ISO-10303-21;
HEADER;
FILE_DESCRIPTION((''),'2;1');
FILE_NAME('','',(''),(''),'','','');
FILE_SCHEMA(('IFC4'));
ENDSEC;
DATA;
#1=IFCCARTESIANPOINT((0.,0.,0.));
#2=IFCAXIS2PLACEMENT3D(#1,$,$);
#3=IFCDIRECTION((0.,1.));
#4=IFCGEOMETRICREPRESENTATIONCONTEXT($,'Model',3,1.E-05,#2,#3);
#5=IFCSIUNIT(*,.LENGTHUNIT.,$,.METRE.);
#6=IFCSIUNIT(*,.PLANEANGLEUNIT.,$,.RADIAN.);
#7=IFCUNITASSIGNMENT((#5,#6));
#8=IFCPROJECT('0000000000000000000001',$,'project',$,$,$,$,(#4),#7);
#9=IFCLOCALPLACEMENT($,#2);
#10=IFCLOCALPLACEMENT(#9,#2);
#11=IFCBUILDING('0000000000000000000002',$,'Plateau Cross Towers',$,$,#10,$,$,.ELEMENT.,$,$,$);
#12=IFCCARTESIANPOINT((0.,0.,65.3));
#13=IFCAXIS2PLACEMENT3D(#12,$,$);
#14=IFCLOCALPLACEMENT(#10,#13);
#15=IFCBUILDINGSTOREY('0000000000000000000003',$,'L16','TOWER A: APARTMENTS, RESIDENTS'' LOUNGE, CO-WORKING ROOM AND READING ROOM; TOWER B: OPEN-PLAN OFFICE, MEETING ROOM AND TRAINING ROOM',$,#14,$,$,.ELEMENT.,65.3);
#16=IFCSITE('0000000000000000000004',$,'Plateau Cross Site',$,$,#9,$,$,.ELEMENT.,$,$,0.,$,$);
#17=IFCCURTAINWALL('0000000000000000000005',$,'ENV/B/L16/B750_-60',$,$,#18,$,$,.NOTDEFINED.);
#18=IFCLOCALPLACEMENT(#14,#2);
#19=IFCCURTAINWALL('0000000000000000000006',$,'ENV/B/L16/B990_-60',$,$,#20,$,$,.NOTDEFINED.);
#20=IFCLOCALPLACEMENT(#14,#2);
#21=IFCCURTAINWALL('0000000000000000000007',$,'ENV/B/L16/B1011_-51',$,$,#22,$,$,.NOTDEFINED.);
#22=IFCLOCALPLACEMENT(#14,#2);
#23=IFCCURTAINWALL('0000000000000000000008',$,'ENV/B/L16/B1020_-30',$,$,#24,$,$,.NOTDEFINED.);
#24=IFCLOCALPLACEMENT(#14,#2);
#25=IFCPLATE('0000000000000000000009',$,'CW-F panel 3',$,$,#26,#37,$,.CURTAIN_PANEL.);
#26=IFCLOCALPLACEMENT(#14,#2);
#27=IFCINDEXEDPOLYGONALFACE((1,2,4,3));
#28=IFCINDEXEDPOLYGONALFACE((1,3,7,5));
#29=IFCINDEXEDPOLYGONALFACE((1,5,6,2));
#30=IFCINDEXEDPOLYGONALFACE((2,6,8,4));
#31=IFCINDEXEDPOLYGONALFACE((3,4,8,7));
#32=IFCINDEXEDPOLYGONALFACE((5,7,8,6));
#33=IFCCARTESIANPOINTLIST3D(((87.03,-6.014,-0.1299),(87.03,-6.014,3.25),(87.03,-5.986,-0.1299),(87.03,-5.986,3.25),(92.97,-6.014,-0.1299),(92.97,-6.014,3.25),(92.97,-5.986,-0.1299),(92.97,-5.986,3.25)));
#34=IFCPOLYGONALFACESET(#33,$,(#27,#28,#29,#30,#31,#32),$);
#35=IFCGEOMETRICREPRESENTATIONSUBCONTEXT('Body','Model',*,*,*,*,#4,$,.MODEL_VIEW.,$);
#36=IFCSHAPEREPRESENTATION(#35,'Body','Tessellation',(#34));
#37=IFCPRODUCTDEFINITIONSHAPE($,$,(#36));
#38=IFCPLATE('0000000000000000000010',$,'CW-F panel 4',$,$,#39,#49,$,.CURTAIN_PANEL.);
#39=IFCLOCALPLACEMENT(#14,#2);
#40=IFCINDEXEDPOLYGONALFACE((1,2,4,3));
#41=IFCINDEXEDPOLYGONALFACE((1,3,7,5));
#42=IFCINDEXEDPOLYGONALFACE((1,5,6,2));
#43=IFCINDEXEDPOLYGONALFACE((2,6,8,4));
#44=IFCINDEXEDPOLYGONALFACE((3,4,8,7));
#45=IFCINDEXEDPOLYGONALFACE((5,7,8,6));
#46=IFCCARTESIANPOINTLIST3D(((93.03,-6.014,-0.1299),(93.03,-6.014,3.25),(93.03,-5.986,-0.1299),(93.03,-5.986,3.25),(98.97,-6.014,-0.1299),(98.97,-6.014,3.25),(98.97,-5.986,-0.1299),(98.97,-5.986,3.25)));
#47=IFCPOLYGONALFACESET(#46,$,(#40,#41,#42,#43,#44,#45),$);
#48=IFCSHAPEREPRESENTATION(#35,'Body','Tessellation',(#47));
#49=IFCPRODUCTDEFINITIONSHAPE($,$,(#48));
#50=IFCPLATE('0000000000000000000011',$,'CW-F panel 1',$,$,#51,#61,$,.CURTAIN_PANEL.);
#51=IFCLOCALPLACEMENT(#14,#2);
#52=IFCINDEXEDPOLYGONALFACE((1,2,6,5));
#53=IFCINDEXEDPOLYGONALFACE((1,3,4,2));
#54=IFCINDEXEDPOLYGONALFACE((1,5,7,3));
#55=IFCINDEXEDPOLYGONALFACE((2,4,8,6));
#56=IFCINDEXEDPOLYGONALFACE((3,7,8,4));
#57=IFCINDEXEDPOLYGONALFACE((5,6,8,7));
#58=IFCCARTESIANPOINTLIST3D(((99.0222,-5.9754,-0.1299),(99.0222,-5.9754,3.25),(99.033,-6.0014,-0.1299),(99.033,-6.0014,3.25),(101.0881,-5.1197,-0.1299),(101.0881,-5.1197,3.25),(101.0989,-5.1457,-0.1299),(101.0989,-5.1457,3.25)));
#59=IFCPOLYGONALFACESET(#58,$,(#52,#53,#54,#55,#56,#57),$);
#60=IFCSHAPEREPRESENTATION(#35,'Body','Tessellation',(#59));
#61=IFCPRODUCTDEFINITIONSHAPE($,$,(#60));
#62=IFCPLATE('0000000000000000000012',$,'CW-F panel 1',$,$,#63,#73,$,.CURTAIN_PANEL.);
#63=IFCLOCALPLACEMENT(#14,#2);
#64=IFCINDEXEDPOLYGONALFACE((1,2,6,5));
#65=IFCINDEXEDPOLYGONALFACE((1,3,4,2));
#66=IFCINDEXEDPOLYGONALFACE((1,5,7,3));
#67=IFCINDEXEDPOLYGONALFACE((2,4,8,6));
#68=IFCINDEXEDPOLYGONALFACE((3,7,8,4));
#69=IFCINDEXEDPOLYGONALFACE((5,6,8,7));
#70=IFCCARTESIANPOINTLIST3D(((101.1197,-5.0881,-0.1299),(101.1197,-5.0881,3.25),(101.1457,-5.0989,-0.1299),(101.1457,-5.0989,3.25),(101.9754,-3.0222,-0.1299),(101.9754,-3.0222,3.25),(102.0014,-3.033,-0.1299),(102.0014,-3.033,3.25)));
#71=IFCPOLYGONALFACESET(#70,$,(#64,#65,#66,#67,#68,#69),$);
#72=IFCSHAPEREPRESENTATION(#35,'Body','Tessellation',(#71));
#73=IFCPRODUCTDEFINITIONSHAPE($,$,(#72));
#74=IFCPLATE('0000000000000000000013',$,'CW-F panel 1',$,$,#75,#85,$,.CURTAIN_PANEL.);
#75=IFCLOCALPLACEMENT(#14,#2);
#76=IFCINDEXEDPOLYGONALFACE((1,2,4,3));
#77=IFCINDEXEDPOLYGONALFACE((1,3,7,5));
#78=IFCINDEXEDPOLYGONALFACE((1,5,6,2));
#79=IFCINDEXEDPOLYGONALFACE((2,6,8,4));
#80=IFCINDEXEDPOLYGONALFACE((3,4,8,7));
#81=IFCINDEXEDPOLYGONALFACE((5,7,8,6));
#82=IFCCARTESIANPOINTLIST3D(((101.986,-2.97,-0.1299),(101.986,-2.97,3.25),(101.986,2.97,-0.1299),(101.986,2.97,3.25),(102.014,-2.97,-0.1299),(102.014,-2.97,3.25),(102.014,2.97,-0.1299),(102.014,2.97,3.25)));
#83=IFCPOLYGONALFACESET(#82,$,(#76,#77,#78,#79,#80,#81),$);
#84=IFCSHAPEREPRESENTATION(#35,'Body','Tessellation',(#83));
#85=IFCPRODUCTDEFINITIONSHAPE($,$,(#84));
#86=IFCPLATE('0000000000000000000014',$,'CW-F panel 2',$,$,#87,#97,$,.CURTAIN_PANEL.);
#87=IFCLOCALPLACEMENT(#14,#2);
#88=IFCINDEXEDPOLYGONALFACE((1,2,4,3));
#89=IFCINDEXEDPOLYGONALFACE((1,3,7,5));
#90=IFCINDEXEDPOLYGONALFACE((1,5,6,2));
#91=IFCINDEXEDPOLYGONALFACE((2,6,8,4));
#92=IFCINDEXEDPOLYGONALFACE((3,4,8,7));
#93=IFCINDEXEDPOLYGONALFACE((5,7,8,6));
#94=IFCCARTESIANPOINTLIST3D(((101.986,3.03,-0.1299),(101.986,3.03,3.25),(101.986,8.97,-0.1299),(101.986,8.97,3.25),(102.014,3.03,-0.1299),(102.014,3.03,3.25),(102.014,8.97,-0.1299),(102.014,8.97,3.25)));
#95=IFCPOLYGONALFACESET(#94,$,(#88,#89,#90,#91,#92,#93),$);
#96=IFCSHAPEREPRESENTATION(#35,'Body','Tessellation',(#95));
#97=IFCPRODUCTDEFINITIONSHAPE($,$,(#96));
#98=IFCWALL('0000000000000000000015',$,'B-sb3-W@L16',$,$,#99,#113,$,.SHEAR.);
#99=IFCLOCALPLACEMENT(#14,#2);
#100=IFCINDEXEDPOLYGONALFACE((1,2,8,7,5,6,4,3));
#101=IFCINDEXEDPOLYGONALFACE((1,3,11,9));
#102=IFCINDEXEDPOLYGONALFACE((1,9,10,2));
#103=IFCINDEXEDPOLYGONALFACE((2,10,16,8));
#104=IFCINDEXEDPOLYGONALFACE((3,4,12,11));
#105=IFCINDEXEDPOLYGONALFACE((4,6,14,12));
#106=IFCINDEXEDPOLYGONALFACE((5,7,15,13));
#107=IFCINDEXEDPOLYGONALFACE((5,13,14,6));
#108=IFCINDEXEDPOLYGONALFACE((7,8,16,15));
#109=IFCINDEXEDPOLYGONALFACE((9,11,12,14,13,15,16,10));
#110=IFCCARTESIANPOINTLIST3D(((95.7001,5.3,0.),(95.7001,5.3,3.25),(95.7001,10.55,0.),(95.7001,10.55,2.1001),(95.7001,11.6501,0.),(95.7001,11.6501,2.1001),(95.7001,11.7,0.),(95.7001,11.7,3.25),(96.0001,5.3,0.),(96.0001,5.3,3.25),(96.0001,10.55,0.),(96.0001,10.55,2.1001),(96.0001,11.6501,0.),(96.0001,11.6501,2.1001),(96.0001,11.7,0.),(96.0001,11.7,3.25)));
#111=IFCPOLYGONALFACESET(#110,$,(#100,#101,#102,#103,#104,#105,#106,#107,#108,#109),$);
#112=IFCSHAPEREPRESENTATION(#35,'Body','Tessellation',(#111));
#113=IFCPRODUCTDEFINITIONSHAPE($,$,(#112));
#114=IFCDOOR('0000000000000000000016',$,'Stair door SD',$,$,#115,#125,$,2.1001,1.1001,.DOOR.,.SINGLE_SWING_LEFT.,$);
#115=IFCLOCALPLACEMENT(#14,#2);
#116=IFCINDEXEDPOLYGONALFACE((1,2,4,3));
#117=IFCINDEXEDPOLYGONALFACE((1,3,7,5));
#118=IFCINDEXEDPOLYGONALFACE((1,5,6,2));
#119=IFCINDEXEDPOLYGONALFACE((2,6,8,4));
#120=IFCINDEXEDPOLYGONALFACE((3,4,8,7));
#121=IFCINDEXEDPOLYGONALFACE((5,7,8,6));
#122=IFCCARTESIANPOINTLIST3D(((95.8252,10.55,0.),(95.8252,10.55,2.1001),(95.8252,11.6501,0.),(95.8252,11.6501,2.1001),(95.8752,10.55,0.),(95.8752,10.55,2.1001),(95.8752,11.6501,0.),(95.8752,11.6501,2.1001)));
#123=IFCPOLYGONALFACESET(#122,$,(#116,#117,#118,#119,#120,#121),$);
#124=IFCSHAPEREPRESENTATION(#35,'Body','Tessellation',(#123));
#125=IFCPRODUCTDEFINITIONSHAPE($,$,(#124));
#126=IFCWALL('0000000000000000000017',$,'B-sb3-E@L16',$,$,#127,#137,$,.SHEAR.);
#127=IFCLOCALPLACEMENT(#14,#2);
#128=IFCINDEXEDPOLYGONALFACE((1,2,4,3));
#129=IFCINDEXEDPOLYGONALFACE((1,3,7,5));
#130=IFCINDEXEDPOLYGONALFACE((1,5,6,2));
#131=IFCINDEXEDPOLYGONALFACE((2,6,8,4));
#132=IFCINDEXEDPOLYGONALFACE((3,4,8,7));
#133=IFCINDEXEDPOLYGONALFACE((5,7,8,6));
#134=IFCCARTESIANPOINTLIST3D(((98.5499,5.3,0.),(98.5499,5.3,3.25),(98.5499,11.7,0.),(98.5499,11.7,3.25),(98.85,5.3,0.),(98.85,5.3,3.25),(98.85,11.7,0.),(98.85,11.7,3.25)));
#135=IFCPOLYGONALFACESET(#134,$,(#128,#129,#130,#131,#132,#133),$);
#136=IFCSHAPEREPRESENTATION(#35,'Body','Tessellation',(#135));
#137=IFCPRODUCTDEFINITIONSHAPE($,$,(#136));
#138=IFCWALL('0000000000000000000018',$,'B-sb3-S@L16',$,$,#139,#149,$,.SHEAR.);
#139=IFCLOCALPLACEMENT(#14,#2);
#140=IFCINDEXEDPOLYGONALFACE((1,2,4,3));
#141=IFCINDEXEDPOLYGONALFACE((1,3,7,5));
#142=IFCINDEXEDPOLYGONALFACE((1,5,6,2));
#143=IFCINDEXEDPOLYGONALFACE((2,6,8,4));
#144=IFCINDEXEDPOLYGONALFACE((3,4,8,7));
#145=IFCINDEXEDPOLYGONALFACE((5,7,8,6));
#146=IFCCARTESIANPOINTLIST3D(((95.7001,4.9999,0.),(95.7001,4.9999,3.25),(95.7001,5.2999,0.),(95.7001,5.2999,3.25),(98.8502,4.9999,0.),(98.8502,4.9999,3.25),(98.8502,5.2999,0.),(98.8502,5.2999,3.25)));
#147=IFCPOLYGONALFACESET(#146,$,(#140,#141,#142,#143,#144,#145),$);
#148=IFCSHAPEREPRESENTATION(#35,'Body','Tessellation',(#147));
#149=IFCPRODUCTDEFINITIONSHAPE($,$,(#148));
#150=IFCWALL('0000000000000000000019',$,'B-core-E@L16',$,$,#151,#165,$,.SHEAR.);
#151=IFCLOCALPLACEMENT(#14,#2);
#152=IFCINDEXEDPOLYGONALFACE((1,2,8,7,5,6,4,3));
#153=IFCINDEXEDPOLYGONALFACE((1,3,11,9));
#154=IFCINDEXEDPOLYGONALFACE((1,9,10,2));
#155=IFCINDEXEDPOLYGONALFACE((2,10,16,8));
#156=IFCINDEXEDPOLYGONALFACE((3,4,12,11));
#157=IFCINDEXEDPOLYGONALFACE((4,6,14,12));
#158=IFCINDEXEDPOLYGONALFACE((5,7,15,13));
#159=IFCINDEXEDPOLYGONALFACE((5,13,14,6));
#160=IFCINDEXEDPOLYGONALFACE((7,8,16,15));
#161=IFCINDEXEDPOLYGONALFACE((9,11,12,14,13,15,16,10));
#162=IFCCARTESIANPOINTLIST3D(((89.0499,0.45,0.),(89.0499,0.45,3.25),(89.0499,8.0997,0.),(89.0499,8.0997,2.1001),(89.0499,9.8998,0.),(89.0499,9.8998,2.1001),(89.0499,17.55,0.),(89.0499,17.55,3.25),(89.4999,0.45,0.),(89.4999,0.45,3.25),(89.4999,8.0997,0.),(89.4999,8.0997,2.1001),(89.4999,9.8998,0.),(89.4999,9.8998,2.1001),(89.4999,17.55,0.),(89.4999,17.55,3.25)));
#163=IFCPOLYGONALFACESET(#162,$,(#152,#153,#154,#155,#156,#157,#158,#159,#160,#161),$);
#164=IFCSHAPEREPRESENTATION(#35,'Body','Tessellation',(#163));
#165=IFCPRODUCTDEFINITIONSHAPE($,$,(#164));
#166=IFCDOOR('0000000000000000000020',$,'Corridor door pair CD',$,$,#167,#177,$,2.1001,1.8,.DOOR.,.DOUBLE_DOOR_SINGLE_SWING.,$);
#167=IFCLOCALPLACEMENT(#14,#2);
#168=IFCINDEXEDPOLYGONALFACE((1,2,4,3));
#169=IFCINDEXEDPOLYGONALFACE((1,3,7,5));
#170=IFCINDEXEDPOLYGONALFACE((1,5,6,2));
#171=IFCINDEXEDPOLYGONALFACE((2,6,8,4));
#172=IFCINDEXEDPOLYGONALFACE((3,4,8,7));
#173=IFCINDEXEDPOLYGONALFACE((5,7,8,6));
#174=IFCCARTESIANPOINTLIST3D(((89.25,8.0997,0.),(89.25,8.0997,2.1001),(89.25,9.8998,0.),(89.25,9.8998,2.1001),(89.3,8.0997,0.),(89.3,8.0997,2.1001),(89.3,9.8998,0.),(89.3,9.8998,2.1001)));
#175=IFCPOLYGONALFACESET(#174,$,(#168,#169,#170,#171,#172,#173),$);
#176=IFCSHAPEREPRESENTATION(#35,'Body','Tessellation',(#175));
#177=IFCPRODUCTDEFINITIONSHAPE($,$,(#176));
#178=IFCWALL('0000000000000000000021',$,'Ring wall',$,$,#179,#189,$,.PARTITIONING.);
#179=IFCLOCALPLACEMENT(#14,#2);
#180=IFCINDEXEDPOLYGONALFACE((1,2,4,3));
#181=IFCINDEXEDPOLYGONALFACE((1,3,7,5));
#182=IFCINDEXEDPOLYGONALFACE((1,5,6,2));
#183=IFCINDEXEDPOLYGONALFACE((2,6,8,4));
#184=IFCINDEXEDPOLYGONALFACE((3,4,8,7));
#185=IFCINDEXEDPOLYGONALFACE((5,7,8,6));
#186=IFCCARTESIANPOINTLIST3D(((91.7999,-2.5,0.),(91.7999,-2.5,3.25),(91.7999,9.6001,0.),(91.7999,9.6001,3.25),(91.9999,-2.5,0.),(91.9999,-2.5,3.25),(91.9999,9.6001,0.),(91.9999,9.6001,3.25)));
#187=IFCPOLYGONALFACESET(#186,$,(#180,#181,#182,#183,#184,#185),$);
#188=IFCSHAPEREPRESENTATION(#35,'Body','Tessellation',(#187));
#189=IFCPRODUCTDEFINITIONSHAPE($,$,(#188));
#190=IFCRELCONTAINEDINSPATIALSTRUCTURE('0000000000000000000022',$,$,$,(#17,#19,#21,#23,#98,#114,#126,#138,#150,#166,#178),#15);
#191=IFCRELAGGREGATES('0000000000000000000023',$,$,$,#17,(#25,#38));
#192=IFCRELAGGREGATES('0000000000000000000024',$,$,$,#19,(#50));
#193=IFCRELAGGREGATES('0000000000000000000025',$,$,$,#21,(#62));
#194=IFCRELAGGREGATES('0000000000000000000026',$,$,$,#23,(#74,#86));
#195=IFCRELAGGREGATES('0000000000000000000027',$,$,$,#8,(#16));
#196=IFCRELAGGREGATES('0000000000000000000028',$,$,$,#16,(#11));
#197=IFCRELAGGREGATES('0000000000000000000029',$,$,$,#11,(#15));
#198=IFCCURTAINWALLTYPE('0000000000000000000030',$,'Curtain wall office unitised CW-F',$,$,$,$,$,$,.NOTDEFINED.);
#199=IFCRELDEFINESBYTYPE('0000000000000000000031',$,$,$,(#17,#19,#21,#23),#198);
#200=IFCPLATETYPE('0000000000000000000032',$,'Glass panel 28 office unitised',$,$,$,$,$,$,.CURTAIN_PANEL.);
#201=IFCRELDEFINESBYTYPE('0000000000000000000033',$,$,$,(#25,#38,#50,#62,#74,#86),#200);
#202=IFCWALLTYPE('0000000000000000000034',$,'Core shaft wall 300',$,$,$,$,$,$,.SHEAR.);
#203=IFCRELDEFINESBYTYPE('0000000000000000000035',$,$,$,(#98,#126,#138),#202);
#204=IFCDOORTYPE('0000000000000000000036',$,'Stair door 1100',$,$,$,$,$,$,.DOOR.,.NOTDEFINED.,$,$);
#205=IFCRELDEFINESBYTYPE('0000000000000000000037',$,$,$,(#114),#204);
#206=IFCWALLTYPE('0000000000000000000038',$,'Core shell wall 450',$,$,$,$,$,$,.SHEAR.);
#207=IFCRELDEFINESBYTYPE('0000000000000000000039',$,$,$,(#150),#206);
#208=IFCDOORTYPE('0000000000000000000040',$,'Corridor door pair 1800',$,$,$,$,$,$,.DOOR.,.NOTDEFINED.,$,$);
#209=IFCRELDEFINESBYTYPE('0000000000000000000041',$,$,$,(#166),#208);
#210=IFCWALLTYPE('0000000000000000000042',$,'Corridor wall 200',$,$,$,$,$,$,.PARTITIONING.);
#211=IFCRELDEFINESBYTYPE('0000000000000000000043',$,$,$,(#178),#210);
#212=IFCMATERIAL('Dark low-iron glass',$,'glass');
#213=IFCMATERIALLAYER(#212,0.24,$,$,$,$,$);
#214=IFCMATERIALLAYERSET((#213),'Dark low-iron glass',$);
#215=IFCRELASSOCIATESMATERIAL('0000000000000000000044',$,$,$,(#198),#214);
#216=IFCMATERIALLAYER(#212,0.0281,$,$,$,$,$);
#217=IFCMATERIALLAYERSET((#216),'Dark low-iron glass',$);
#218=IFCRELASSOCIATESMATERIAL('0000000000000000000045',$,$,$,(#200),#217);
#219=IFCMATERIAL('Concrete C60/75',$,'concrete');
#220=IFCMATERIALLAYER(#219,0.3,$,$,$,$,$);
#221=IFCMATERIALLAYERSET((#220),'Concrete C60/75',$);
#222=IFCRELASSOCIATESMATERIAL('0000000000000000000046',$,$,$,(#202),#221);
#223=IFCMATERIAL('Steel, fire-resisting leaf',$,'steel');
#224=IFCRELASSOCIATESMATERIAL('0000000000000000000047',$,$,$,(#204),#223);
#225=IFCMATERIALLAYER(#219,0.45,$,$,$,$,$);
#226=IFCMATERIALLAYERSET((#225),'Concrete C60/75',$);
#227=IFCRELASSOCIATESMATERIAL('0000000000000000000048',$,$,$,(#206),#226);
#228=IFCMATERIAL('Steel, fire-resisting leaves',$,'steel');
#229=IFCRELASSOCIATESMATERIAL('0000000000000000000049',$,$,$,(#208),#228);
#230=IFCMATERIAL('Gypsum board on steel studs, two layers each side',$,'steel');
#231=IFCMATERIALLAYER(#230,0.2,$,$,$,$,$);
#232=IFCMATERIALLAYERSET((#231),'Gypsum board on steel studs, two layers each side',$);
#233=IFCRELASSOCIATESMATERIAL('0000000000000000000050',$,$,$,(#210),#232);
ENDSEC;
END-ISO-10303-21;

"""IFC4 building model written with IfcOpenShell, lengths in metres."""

from ifc_helpers import new_model, si_unit, direction, frame, frame_2d, origin, origin_2d, place, context, subcontext, project, spatial, rectangle, extrude, material, layer, layer_set, type_object, element, fill, aggregate, save


model = new_model("IFC4")

# Units and contexts
model_context = context("Model", 3, precision=1e-05, world=origin(), true_north=direction((0.0, 1.0)))
body_context = subcontext(model_context, "Body", "Model", "MODEL_VIEW")
ifc_project = project(units=[si_unit("LENGTHUNIT", "METRE"), si_unit("PLANEANGLEUNIT", "RADIAN")], contexts=[model_context])

# Site, building, storey
site_placement = place(None, origin())
site = spatial("IfcSite", under=ifc_project, at=site_placement, Name="Plateau Cross Site", CompositionType="ELEMENT", RefElevation=0.0)
building_placement = place(site_placement, origin())
building = spatial("IfcBuilding", under=site, at=building_placement, Name="Plateau Cross Towers", CompositionType="ELEMENT")
storey_placement = place(building_placement, frame((0.0, 0.0, 65.3)))
storey = spatial("IfcBuildingStorey", under=building, at=storey_placement, Name="L16", Description="TOWER A: APARTMENTS, RESIDENTS' LOUNGE, CO-WORKING ROOM AND READING ROOM; TOWER B: OPEN-PLAN OFFICE, MEETING ROOM AND TRAINING ROOM", CompositionType="ELEMENT", Elevation=65.3)

# Shared definitions
ifc_material_1 = material(Name="Concrete C60/75", Category="concrete")

# Curtain walls
ifc_material_2 = material(Name="Dark low-iron glass", Category="glass")
ifc_layer_1 = layer(ifc_material_2, 0.24)
ifc_layer_set_1 = layer_set([ifc_layer_1], Name="Dark low-iron glass")
curtain_wall_type = type_object("IfcCurtainWallType", Name="Curtain wall office unitised CW-F", PredefinedType="NOTDEFINED", material=ifc_layer_set_1)
curtain_wall_1_placement = place(storey_placement, origin())
curtain_wall_1 = element("IfcCurtainWall", 1, at=curtain_wall_1_placement, inside=storey, type_object=curtain_wall_type, Name="ENV/B/L16/B750_-60", PredefinedType="NOTDEFINED")
curtain_wall_2_placement = place(storey_placement, origin())
curtain_wall_2 = element("IfcCurtainWall", 2, at=curtain_wall_2_placement, inside=storey, type_object=curtain_wall_type, Name="ENV/B/L16/B990_-60", PredefinedType="NOTDEFINED")
curtain_wall_3_placement = place(storey_placement, origin())
curtain_wall_3 = element("IfcCurtainWall", 3, at=curtain_wall_3_placement, inside=storey, type_object=curtain_wall_type, Name="ENV/B/L16/B1011_-51", PredefinedType="NOTDEFINED")

# Curtain wall
curtain_wall_4_placement = place(storey_placement, origin())
curtain_wall_4 = element("IfcCurtainWall", 4, at=curtain_wall_4_placement, inside=storey, type_object=curtain_wall_type, Name="ENV/B/L16/B1020_-30", PredefinedType="NOTDEFINED")

# Plates
ifc_layer_2 = layer(ifc_material_2, 0.0281)
ifc_layer_set_2 = layer_set([ifc_layer_2], Name="Dark low-iron glass")
plate_type = type_object("IfcPlateType", Name="Glass panel 28 office unitised", PredefinedType="CURTAIN_PANEL", material=ifc_layer_set_2)
plate_1_placement = place(storey_placement, frame((90.0, -6.0, -0.1299), z_axis=(0.0, 0.0, 1.0), x_axis=(1.0, 0.0, 0.0)))
plate_1 = element("IfcPlate", 5, at=plate_1_placement, type_object=plate_type, Name="CW-F panel 3", PredefinedType="CURTAIN_PANEL", context=body_context, shape_type="SweptSolid", body=[
    extrude(rectangle(XDim=5.9399, YDim=0.0281, at=origin_2d()), origin(), (0.0, 0.0, 1.0), 3.3799),
])
plate_2_placement = place(storey_placement, frame((96.0, -6.0, -0.1299), z_axis=(0.0, 0.0, 1.0), x_axis=(1.0, 0.0, 0.0)))
plate_2 = element("IfcPlate", 6, at=plate_2_placement, type_object=plate_type, Name="CW-F panel 4", PredefinedType="CURTAIN_PANEL", context=body_context, shape_type="SweptSolid", body=[
    extrude(rectangle(XDim=5.9399, YDim=0.0281, at=origin_2d()), origin(), (0.0, 0.0, 1.0), 3.3799),
])
aggregate(curtain_wall_1, [plate_1, plate_2])
plate_3_placement = place(storey_placement, frame((100.0605, -5.5605, -0.1299), z_axis=(0.0, 0.0, 1.0), x_axis=(0.923879, 0.382684, 0.0)))
plate_3 = element("IfcPlate", 7, at=plate_3_placement, type_object=plate_type, Name="CW-F panel 1", PredefinedType="CURTAIN_PANEL", context=body_context, shape_type="SweptSolid", body=[
    extrude(rectangle(XDim=2.2361, YDim=0.0281, at=origin_2d()), origin(), (0.0, 0.0, 1.0), 3.3799),
])
aggregate(curtain_wall_2, [plate_3])
plate_4_placement = place(storey_placement, frame((101.5605, -4.0605, -0.1299), z_axis=(0.0, 0.0, 1.0), x_axis=(0.382684, 0.923879, 0.0)))
plate_4 = element("IfcPlate", 8, at=plate_4_placement, type_object=plate_type, Name="CW-F panel 1", PredefinedType="CURTAIN_PANEL", context=body_context, shape_type="SweptSolid", body=[
    extrude(rectangle(XDim=2.2361, YDim=0.0281, at=origin_2d()), origin(), (0.0, 0.0, 1.0), 3.3799),
])
aggregate(curtain_wall_3, [plate_4])
plate_5_placement = place(storey_placement, frame((102.0, 0.0, -0.1299), z_axis=(0.0, 0.0, 1.0), x_axis=(0.0, 1.0, 0.0)))
plate_5 = element("IfcPlate", 9, at=plate_5_placement, type_object=plate_type, Name="CW-F panel 1", PredefinedType="CURTAIN_PANEL", context=body_context, shape_type="SweptSolid", body=[
    extrude(rectangle(XDim=5.9399, YDim=0.0281, at=origin_2d()), origin(), (0.0, 0.0, 1.0), 3.3799),
])
plate_6_placement = place(storey_placement, frame((102.0, 6.0, -0.1299), z_axis=(0.0, 0.0, 1.0), x_axis=(0.0, 1.0, 0.0)))
plate_6 = element("IfcPlate", 10, at=plate_6_placement, type_object=plate_type, Name="CW-F panel 2", PredefinedType="CURTAIN_PANEL", context=body_context, shape_type="SweptSolid", body=[
    extrude(rectangle(XDim=5.9399, YDim=0.0281, at=origin_2d()), origin(), (0.0, 0.0, 1.0), 3.3799),
])
aggregate(curtain_wall_4, [plate_5, plate_6])

# Wall, opening, door
ifc_layer_3 = layer(ifc_material_1, 0.3)
ifc_layer_set_3 = layer_set([ifc_layer_3], Name="Concrete C60/75")
wall_type_1 = type_object("IfcWallType", Name="Core shaft wall 300", PredefinedType="SHEAR", material=ifc_layer_set_3)
wall_1_placement = place(storey_placement, frame((95.8501, 5.3, 0.0), z_axis=(0.0, 0.0, 1.0), x_axis=(0.0, 1.0, 0.0)))
wall_1 = element("IfcWall", 11, at=wall_1_placement, inside=storey, type_object=wall_type_1, Name="B-sb3-W@L16", PredefinedType="SHEAR", context=body_context, shape_type="SweptSolid", body=[
    extrude(rectangle(XDim=6.3999, YDim=0.3, at=frame_2d((3.2, 0.0))), origin(), (0.0, 0.0, 1.0), 3.25),
])
opening_1_placement = place(wall_1_placement, frame((5.25, 0.0, 0.0)))
opening_1 = element("IfcOpeningElement", 12, at=opening_1_placement, cuts=wall_1, PredefinedType="OPENING", context=body_context, shape_type="SweptSolid", body=[
    extrude(rectangle(XDim=1.1001, YDim=2.1001, at=frame_2d((0.55, 1.05))), frame((0.0, 0.1599, 0.0), z_axis=(0.0, -1.0, 0.0), x_axis=(1.0, 0.0, 0.0)), (0.0, 0.0, 1.0), 0.3201),
])
ifc_material_3 = material(Name="Steel, fire-resisting leaf", Category="steel")
door_type_1 = type_object("IfcDoorType", Name="Stair door 1100", OperationType="NOTDEFINED", PredefinedType="DOOR", material=ifc_material_3)
door_1_placement = place(opening_1_placement, origin())
door_1 = element("IfcDoor", 13, at=door_1_placement, inside=storey, type_object=door_type_1, Name="Stair door SD", OperationType="SINGLE_SWING_LEFT", OverallHeight=2.1001, OverallWidth=1.1001, PredefinedType="DOOR", context=body_context, shape_type="SweptSolid", body=[
    extrude(rectangle(XDim=1.1001, YDim=2.1001, at=frame_2d((0.55, 1.05))), frame((0.0, 0.0249, 0.0), z_axis=(0.0, -1.0, 0.0), x_axis=(1.0, 0.0, 0.0)), (0.0, 0.0, 1.0), 0.05),
])
fill(opening_1, door_1)

# Walls
wall_2_placement = place(storey_placement, frame((98.7, 5.3, 0.0), z_axis=(0.0, 0.0, 1.0), x_axis=(0.0, 1.0, 0.0)))
element("IfcWall", 14, at=wall_2_placement, inside=storey, type_object=wall_type_1, Name="B-sb3-E@L16", PredefinedType="SHEAR", context=body_context, shape_type="SweptSolid", body=[
    extrude(rectangle(XDim=6.3999, YDim=0.3, at=frame_2d((3.2, 0.0))), origin(), (0.0, 0.0, 1.0), 3.25),
])
wall_3_placement = place(storey_placement, frame((95.7, 5.1499, 0.0), z_axis=(0.0, 0.0, 1.0), x_axis=(1.0, 0.0, 0.0)))
element("IfcWall", 15, at=wall_3_placement, inside=storey, type_object=wall_type_1, Name="B-sb3-S@L16", PredefinedType="SHEAR", context=body_context, shape_type="SweptSolid", body=[
    extrude(rectangle(XDim=3.1501, YDim=0.3, at=frame_2d((1.5752, 0.0))), origin(), (0.0, 0.0, 1.0), 3.25),
])

# Wall, opening, door
ifc_layer_4 = layer(ifc_material_1, 0.45)
ifc_layer_set_4 = layer_set([ifc_layer_4], Name="Concrete C60/75")
wall_type_2 = type_object("IfcWallType", Name="Core shell wall 450", PredefinedType="SHEAR", material=ifc_layer_set_4)
wall_4_placement = place(storey_placement, frame((89.2749, 0.45, 0.0), z_axis=(0.0, 0.0, 1.0), x_axis=(0.0, 1.0, 0.0)))
wall_4 = element("IfcWall", 16, at=wall_4_placement, inside=storey, type_object=wall_type_2, Name="B-core-E@L16", PredefinedType="SHEAR", context=body_context, shape_type="SweptSolid", body=[
    extrude(rectangle(XDim=17.1001, YDim=0.45, at=frame_2d((8.55, 0.0))), origin(), (0.0, 0.0, 1.0), 3.25),
])
opening_2_placement = place(wall_4_placement, frame((7.6499, 0.0, 0.0)))
opening_2 = element("IfcOpeningElement", 17, at=opening_2_placement, cuts=wall_4, PredefinedType="OPENING", context=body_context, shape_type="SweptSolid", body=[
    extrude(rectangle(XDim=1.8, YDim=2.1001, at=frame_2d((0.8999, 1.05))), frame((0.0, 0.2349, 0.0), z_axis=(0.0, -1.0, 0.0), x_axis=(1.0, 0.0, 0.0)), (0.0, 0.0, 1.0), 0.47),
])
ifc_material_4 = material(Name="Steel, fire-resisting leaves", Category="steel")
door_type_2 = type_object("IfcDoorType", Name="Corridor door pair 1800", OperationType="NOTDEFINED", PredefinedType="DOOR", material=ifc_material_4)
door_2_placement = place(opening_2_placement, origin())
door_2 = element("IfcDoor", 18, at=door_2_placement, inside=storey, type_object=door_type_2, Name="Corridor door pair CD", OperationType="DOUBLE_DOOR_SINGLE_SWING", OverallHeight=2.1001, OverallWidth=1.8, PredefinedType="DOOR", context=body_context, shape_type="SweptSolid", body=[
    extrude(rectangle(XDim=1.8, YDim=2.1001, at=frame_2d((0.8999, 1.05))), frame((0.0, 0.0249, 0.0), z_axis=(0.0, -1.0, 0.0), x_axis=(1.0, 0.0, 0.0)), (0.0, 0.0, 1.0), 0.05),
])
fill(opening_2, door_2)

# Wall
ifc_material_5 = material(Name="Gypsum board on steel studs, two layers each side", Category="steel")
ifc_layer_5 = layer(ifc_material_5, 0.2)
ifc_layer_set_5 = layer_set([ifc_layer_5], Name="Gypsum board on steel studs, two layers each side")
wall_type_3 = type_object("IfcWallType", Name="Corridor wall 200", PredefinedType="PARTITIONING", material=ifc_layer_set_5)
wall_5_placement = place(storey_placement, frame((91.8999, -2.5, 0.0), z_axis=(0.0, 0.0, 1.0), x_axis=(0.0, 1.0, 0.0)))
element("IfcWall", 19, at=wall_5_placement, inside=storey, type_object=wall_type_3, Name="Ring wall", PredefinedType="PARTITIONING", context=body_context, shape_type="SweptSolid", body=[
    extrude(rectangle(XDim=12.1001, YDim=0.2, at=frame_2d((6.05, 0.0))), origin(), (0.0, 0.0, 1.0), 3.25),
])

save(model, "model.ifc")
